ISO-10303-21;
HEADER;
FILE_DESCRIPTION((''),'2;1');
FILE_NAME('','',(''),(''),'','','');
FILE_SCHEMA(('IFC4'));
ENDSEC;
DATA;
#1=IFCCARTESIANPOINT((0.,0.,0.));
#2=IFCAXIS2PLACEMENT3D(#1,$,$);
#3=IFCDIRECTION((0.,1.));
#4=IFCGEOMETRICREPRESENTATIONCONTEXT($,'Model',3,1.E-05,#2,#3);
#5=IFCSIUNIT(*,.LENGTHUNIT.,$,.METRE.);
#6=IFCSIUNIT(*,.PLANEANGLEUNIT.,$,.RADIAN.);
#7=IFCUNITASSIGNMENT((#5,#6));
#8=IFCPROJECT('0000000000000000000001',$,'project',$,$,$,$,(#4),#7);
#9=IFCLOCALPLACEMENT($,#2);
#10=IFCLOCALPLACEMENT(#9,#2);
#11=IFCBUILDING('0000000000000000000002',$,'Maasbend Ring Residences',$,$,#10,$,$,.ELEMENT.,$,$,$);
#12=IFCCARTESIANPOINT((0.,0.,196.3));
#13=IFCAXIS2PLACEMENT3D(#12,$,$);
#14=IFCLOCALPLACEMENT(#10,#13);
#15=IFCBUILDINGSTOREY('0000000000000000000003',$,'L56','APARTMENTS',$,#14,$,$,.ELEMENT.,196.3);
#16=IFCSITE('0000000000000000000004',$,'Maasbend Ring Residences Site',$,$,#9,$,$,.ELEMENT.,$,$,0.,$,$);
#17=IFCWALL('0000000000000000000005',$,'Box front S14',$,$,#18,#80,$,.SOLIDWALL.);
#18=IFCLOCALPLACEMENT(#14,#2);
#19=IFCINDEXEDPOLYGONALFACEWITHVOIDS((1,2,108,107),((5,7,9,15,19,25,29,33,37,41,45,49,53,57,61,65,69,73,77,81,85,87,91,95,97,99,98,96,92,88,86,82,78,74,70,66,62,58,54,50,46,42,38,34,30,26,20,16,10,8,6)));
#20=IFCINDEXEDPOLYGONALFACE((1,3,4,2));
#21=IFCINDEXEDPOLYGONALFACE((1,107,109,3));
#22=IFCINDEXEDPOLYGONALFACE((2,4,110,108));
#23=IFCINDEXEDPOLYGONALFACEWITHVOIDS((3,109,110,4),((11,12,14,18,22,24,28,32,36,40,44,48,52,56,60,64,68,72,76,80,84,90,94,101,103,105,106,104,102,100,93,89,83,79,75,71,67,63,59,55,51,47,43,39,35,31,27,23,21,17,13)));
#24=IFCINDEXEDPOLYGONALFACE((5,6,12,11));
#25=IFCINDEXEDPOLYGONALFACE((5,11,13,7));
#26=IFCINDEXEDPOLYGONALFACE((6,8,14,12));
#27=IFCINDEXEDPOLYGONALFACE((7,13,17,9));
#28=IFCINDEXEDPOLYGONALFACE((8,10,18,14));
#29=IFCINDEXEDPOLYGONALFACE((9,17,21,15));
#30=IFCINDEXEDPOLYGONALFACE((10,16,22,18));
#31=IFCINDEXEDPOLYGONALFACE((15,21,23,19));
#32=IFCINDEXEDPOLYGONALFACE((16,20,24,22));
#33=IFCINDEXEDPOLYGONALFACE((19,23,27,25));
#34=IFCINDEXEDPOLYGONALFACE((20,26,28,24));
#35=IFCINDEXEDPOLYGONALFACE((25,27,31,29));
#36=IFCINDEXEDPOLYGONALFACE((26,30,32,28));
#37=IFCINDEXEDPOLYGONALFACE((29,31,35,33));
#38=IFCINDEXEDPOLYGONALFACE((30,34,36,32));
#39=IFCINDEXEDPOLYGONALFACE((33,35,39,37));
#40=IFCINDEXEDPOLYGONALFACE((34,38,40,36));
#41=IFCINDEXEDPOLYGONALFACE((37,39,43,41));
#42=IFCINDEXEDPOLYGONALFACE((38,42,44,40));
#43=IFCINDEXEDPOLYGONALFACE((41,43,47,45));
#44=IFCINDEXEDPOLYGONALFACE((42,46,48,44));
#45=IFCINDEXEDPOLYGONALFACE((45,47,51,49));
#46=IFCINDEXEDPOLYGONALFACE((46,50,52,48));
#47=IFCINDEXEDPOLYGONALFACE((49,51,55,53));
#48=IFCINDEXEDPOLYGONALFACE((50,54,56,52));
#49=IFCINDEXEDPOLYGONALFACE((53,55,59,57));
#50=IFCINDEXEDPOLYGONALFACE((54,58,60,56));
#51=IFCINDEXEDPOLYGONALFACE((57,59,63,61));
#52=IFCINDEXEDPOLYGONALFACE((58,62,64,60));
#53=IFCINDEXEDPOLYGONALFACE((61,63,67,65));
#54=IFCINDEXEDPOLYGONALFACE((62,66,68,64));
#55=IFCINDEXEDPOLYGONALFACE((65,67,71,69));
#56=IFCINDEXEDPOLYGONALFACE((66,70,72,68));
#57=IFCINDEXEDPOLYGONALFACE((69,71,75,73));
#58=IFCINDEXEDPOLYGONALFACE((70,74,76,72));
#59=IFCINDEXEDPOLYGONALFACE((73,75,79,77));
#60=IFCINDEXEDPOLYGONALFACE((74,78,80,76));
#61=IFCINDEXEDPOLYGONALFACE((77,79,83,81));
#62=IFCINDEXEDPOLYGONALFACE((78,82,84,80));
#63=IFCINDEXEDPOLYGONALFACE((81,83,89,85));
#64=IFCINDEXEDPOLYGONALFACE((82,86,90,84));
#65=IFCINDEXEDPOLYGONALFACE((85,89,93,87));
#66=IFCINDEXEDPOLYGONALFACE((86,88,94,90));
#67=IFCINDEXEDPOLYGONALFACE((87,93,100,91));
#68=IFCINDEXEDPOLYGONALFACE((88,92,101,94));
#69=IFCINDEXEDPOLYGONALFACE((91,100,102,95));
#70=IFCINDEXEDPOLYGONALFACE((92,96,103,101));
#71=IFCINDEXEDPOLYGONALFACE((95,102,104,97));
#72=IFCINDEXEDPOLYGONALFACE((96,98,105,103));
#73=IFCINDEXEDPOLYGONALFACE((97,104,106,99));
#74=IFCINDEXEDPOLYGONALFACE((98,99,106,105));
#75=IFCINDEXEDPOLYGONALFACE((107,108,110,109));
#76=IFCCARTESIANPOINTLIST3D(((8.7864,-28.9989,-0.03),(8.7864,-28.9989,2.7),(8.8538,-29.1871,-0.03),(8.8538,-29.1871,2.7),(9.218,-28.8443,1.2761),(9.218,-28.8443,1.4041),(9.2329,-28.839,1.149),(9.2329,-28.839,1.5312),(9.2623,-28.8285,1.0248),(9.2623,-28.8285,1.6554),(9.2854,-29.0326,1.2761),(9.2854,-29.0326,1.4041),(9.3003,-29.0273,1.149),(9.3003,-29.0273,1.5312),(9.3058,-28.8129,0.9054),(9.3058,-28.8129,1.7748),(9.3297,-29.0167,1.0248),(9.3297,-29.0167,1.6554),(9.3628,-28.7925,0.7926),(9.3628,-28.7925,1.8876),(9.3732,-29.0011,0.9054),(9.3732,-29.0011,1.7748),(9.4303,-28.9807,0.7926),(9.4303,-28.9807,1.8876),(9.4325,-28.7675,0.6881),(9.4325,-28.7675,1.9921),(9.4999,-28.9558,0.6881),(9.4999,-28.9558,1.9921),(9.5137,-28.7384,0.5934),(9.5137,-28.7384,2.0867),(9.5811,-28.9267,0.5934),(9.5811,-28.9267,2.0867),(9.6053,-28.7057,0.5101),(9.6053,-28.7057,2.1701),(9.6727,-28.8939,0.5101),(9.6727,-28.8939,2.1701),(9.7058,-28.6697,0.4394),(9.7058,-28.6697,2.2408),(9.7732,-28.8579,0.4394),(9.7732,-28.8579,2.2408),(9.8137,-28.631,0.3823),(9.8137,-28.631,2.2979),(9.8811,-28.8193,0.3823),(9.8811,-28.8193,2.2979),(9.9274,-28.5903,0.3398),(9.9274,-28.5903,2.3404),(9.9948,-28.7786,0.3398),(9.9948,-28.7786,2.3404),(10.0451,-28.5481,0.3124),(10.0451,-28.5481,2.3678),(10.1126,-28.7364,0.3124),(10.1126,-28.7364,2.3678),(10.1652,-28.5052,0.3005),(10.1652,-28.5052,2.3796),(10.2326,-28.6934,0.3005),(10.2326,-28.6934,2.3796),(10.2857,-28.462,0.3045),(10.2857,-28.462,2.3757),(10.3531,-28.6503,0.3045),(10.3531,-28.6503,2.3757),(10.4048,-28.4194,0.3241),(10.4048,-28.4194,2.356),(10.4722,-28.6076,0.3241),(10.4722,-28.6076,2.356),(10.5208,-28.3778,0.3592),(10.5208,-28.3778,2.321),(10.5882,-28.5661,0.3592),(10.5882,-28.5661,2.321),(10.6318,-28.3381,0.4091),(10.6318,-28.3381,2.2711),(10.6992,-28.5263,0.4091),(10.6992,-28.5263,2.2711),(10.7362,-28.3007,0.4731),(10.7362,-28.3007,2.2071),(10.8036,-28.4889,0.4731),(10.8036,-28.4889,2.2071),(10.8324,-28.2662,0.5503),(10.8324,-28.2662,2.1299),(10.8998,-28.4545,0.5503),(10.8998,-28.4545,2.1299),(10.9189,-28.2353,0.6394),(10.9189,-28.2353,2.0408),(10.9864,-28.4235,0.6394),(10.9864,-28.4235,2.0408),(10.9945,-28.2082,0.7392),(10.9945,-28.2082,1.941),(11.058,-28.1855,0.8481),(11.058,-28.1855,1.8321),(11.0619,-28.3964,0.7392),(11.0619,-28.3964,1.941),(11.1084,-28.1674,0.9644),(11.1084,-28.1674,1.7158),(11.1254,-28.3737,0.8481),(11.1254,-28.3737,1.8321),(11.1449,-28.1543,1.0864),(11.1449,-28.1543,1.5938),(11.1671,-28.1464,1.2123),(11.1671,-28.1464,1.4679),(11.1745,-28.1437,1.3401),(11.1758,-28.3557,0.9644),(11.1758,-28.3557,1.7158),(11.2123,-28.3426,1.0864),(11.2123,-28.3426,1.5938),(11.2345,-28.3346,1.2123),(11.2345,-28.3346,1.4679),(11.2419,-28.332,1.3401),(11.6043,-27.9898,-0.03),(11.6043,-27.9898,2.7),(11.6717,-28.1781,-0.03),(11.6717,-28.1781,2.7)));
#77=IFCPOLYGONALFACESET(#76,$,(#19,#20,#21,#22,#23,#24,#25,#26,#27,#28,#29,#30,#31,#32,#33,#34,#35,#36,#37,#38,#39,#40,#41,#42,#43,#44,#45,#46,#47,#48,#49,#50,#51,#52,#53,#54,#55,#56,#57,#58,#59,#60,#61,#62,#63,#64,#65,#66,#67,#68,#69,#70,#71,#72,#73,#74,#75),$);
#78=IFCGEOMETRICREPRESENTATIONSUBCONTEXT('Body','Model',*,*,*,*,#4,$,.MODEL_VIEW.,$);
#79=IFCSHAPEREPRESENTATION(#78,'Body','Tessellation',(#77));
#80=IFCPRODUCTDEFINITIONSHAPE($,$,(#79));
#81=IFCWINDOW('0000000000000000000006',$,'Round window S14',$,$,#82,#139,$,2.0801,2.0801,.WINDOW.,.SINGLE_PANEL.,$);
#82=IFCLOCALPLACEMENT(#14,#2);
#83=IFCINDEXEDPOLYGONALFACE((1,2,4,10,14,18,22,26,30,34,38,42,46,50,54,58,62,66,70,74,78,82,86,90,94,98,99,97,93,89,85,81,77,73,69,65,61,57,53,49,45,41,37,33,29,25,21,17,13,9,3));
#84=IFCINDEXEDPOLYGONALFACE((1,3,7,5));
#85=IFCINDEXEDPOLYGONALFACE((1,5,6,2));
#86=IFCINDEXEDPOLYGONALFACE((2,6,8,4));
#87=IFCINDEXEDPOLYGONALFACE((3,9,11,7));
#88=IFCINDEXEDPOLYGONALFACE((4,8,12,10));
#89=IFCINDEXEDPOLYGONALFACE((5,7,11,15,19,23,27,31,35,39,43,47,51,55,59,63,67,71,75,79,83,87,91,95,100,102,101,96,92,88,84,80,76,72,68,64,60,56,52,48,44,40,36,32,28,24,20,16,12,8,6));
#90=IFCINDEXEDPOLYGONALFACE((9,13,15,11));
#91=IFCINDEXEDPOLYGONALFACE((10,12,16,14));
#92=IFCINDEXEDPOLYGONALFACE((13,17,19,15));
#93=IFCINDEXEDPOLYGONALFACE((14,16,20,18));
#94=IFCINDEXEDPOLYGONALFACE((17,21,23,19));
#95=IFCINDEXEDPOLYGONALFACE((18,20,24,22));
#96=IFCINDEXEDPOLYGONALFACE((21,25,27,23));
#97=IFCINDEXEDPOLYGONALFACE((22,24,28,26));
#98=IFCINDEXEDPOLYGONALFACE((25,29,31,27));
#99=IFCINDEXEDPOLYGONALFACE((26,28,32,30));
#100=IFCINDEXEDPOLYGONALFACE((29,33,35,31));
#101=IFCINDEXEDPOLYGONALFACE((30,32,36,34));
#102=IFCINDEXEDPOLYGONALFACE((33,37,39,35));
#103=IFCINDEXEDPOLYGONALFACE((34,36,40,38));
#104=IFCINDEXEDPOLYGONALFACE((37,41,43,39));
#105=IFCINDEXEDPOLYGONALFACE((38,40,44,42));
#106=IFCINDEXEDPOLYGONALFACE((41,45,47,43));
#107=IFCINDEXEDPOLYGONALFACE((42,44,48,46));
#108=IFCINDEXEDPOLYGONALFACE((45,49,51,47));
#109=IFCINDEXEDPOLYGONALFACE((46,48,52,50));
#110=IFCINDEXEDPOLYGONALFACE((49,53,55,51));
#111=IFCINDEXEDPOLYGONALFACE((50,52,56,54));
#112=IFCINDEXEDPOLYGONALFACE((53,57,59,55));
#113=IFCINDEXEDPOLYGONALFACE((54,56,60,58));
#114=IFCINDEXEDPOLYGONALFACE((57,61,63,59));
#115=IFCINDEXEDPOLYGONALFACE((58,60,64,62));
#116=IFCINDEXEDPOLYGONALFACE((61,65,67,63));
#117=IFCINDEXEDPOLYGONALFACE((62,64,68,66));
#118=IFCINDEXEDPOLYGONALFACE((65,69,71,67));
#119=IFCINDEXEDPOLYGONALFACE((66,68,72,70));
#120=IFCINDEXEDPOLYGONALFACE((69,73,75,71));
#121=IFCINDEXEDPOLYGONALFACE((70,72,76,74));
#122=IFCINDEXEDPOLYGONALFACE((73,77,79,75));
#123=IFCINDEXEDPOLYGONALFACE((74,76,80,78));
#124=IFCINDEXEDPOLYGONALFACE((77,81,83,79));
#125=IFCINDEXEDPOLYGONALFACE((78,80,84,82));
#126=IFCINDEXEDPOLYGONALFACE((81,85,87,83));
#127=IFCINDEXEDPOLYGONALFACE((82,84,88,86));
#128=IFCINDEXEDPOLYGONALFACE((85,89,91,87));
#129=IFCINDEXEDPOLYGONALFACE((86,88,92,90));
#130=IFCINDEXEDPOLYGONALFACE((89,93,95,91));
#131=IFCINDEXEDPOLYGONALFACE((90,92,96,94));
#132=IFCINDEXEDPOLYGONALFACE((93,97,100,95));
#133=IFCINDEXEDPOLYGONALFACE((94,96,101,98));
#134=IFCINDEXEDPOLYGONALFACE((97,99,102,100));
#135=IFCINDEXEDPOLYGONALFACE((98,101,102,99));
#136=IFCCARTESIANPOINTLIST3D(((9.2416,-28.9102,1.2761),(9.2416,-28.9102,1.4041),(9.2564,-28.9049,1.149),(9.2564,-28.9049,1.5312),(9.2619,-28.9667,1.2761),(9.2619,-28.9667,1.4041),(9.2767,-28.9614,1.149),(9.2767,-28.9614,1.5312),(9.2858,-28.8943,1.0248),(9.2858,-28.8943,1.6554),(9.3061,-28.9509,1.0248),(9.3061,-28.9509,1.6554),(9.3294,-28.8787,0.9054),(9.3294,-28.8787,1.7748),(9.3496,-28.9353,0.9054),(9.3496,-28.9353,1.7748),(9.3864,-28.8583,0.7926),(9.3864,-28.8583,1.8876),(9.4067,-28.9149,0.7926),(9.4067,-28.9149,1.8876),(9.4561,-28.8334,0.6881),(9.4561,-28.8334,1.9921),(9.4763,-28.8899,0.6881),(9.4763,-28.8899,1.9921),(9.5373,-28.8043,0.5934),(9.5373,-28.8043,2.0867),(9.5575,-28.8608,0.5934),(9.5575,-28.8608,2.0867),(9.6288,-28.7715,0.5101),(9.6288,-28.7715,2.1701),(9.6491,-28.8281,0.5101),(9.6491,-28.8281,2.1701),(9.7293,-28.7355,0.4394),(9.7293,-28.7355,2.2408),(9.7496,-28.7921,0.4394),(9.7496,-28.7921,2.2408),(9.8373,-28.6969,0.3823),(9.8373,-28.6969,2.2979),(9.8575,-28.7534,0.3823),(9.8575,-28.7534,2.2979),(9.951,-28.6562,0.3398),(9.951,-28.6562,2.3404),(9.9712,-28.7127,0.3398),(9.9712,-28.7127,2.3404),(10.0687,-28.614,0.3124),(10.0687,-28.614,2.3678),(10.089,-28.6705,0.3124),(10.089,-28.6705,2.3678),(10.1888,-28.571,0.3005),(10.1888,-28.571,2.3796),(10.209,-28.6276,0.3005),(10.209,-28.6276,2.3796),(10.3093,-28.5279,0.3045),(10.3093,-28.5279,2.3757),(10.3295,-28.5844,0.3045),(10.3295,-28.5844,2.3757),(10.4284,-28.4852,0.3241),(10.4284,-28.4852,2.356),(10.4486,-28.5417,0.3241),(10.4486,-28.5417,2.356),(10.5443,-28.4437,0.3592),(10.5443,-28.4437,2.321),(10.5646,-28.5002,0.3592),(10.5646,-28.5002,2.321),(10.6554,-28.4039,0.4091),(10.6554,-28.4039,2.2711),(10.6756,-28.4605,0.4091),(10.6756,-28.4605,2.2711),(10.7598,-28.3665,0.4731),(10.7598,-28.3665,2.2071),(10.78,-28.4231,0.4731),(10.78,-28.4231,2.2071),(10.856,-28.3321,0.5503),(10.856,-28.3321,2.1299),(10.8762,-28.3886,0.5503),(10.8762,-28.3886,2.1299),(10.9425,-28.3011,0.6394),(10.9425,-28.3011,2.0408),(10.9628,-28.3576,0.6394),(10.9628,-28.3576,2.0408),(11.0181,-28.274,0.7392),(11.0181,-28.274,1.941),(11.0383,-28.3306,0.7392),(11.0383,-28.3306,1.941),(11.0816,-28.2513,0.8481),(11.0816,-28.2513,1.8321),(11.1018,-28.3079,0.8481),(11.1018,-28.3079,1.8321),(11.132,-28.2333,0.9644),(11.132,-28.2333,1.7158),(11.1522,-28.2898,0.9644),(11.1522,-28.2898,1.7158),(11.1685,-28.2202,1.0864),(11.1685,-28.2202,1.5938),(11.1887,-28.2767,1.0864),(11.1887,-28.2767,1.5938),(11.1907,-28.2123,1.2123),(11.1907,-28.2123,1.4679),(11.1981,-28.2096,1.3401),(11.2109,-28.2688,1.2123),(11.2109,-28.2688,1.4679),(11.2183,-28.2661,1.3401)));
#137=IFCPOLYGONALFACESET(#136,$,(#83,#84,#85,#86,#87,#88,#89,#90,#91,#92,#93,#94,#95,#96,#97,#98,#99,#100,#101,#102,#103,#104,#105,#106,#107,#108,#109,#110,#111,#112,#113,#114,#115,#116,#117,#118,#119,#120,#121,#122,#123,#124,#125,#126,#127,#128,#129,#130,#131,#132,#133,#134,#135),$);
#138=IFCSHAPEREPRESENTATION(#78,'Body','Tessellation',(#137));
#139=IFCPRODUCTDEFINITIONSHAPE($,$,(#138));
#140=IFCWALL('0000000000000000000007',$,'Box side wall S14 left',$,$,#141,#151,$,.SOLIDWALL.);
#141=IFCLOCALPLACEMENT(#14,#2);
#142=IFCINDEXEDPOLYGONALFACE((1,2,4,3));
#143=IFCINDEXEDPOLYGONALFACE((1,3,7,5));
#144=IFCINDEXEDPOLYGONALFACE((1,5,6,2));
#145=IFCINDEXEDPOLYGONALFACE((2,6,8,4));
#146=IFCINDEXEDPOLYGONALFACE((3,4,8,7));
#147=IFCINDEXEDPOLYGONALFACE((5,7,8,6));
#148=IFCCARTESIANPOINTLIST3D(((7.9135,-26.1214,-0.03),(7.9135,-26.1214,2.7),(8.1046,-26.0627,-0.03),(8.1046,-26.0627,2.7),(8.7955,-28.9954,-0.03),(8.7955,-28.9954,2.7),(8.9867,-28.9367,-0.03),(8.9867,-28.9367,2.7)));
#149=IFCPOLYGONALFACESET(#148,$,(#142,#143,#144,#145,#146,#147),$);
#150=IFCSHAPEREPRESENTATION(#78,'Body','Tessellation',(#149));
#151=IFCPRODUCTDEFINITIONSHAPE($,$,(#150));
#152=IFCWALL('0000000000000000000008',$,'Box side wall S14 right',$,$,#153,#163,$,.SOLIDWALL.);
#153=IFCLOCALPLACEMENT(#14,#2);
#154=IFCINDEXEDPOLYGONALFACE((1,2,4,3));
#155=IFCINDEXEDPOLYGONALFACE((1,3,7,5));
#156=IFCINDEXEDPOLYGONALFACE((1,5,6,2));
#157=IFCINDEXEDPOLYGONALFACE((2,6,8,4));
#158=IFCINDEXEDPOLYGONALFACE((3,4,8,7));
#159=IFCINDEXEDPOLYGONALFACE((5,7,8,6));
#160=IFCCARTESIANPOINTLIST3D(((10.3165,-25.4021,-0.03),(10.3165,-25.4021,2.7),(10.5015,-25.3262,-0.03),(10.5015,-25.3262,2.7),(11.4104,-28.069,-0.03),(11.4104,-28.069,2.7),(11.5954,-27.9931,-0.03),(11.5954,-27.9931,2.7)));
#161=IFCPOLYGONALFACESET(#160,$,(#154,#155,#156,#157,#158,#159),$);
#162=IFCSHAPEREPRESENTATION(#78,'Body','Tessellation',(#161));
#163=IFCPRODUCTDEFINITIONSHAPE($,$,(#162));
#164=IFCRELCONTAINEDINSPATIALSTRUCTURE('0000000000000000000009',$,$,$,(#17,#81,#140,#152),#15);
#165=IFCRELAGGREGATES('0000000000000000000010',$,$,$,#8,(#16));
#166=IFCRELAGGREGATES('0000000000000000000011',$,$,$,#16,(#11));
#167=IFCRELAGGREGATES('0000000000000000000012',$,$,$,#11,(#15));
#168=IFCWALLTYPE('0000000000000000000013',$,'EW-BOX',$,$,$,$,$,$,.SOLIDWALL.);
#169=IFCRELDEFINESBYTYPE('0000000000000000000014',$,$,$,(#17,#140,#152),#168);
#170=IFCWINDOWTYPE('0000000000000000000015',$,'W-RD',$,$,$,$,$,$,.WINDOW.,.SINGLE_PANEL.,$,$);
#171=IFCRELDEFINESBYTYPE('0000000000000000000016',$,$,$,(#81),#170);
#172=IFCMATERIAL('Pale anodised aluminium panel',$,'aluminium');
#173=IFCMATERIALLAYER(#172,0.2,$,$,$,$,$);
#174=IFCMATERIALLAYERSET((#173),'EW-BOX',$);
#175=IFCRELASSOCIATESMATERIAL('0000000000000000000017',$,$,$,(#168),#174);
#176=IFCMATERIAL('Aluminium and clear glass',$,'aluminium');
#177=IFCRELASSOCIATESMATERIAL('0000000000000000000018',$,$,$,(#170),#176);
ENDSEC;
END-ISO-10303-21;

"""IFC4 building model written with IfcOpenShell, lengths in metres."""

from ifc_helpers import new_model, si_unit, direction, frame, frame_2d, origin, place, context, subcontext, project, spatial, rectangle, circle, extrude, material, layer, layer_set, type_object, element, fill, save


model = new_model("IFC4")

# Units and contexts
model_context = context("Model", 3, precision=1e-05, world=origin(), true_north=direction((0.0, 1.0)))
body_context = subcontext(model_context, "Body", "Model", "MODEL_VIEW")
ifc_project = project(units=[si_unit("LENGTHUNIT", "METRE"), si_unit("PLANEANGLEUNIT", "RADIAN")], contexts=[model_context])

# Site, building, storey
site_placement = place(None, origin())
site = spatial("IfcSite", under=ifc_project, at=site_placement, Name="Maasbend Ring Residences Site", CompositionType="ELEMENT", RefElevation=0.0)
building_placement = place(site_placement, origin())
building = spatial("IfcBuilding", under=site, at=building_placement, Name="Maasbend Ring Residences", CompositionType="ELEMENT")
storey_placement = place(building_placement, frame((0.0, 0.0, 196.3)))
storey = spatial("IfcBuildingStorey", under=building, at=storey_placement, Name="L56", Description="APARTMENTS", CompositionType="ELEMENT", Elevation=196.3)

# Shared definitions
ifc_material_1 = material(Name="Pale anodised aluminium panel", Category="aluminium")
ifc_layer_1 = layer(ifc_material_1, 0.2)
ifc_layer_set_1 = layer_set([ifc_layer_1], Name="EW-BOX")
wall_type_1 = type_object("IfcWallType", Name="EW-BOX", PredefinedType="SOLIDWALL", material=ifc_layer_set_1)
ifc_material_2 = material(Name="Aluminium and clear glass", Category="aluminium")
window_type_1 = type_object("IfcWindowType", Name="W-RD", PartitioningType="SINGLE_PANEL", PredefinedType="WINDOW", material=ifc_material_2)

# Wall, opening, window
wall_1_placement = place(storey_placement, frame((8.8201, -29.093, -0.03), z_axis=(0.0, 0.0, 1.0), x_axis=(0.941461, 0.337122, 0.0)))
wall_1 = element("IfcWall", 1, at=wall_1_placement, inside=storey, type_object=wall_type_1, Name="Box front S14", PredefinedType="SOLIDWALL", context=body_context, shape_type="SweptSolid", body=[
    extrude(rectangle(XDim=2.9932, YDim=0.2, at=frame_2d((1.4966, 0.0))), origin(), (0.0, 0.0, 1.0), 2.73),
])
opening_1_placement = place(wall_1_placement, frame((0.4565, 0.0, 0.3301)))
opening_1 = element("IfcOpeningElement", 2, at=opening_1_placement, cuts=wall_1, PredefinedType="OPENING", context=body_context, shape_type="SweptSolid", body=[
    extrude(circle(Radius=1.04, at=frame_2d((1.04, 1.04))), frame((0.0, 0.1099, 0.0), z_axis=(0.0, -1.0, 0.0), x_axis=(1.0, 0.0, 0.0)), (0.0, 0.0, 1.0), 0.22),
])
window_1_placement = place(opening_1_placement, origin())
window_1 = element("IfcWindow", 3, at=window_1_placement, inside=storey, type_object=window_type_1, Name="Round window S14", OverallHeight=2.0801, OverallWidth=2.0801, PartitioningType="SINGLE_PANEL", PredefinedType="WINDOW", context=body_context, shape_type="SweptSolid", body=[
    extrude(circle(Radius=1.04, at=frame_2d((1.04, 1.04))), frame((0.0, 0.03, 0.0), z_axis=(0.0, -1.0, 0.0), x_axis=(1.0, 0.0, 0.0)), (0.0, 0.0, 1.0), 0.0601),
])
fill(opening_1, window_1)

# Walls
wall_2_placement = place(storey_placement, frame((8.009, -26.092, -0.03), z_axis=(0.0, 0.0, 1.0), x_axis=(0.293407, -0.955988, 0.0)))
element("IfcWall", 4, at=wall_2_placement, inside=storey, type_object=wall_type_1, Name="Box side wall S14 left", PredefinedType="SOLIDWALL", context=body_context, shape_type="SweptSolid", body=[
    extrude(rectangle(XDim=3.0063, YDim=0.2, at=frame_2d((1.5032, 0.0))), origin(), (0.0, 0.0, 1.0), 2.73),
])
wall_3_placement = place(storey_placement, frame((10.4089, -25.364, -0.03), z_axis=(0.0, 0.0, 1.0), x_axis=(0.37951, -0.925188, 0.0)))
element("IfcWall", 5, at=wall_3_placement, inside=storey, type_object=wall_type_1, Name="Box side wall S14 right", PredefinedType="SOLIDWALL", context=body_context, shape_type="SweptSolid", body=[
    extrude(rectangle(XDim=2.8826, YDim=0.2, at=frame_2d((1.4414, 0.0))), origin(), (0.0, 0.0, 1.0), 2.73),
])

save(model, "model.ifc")
